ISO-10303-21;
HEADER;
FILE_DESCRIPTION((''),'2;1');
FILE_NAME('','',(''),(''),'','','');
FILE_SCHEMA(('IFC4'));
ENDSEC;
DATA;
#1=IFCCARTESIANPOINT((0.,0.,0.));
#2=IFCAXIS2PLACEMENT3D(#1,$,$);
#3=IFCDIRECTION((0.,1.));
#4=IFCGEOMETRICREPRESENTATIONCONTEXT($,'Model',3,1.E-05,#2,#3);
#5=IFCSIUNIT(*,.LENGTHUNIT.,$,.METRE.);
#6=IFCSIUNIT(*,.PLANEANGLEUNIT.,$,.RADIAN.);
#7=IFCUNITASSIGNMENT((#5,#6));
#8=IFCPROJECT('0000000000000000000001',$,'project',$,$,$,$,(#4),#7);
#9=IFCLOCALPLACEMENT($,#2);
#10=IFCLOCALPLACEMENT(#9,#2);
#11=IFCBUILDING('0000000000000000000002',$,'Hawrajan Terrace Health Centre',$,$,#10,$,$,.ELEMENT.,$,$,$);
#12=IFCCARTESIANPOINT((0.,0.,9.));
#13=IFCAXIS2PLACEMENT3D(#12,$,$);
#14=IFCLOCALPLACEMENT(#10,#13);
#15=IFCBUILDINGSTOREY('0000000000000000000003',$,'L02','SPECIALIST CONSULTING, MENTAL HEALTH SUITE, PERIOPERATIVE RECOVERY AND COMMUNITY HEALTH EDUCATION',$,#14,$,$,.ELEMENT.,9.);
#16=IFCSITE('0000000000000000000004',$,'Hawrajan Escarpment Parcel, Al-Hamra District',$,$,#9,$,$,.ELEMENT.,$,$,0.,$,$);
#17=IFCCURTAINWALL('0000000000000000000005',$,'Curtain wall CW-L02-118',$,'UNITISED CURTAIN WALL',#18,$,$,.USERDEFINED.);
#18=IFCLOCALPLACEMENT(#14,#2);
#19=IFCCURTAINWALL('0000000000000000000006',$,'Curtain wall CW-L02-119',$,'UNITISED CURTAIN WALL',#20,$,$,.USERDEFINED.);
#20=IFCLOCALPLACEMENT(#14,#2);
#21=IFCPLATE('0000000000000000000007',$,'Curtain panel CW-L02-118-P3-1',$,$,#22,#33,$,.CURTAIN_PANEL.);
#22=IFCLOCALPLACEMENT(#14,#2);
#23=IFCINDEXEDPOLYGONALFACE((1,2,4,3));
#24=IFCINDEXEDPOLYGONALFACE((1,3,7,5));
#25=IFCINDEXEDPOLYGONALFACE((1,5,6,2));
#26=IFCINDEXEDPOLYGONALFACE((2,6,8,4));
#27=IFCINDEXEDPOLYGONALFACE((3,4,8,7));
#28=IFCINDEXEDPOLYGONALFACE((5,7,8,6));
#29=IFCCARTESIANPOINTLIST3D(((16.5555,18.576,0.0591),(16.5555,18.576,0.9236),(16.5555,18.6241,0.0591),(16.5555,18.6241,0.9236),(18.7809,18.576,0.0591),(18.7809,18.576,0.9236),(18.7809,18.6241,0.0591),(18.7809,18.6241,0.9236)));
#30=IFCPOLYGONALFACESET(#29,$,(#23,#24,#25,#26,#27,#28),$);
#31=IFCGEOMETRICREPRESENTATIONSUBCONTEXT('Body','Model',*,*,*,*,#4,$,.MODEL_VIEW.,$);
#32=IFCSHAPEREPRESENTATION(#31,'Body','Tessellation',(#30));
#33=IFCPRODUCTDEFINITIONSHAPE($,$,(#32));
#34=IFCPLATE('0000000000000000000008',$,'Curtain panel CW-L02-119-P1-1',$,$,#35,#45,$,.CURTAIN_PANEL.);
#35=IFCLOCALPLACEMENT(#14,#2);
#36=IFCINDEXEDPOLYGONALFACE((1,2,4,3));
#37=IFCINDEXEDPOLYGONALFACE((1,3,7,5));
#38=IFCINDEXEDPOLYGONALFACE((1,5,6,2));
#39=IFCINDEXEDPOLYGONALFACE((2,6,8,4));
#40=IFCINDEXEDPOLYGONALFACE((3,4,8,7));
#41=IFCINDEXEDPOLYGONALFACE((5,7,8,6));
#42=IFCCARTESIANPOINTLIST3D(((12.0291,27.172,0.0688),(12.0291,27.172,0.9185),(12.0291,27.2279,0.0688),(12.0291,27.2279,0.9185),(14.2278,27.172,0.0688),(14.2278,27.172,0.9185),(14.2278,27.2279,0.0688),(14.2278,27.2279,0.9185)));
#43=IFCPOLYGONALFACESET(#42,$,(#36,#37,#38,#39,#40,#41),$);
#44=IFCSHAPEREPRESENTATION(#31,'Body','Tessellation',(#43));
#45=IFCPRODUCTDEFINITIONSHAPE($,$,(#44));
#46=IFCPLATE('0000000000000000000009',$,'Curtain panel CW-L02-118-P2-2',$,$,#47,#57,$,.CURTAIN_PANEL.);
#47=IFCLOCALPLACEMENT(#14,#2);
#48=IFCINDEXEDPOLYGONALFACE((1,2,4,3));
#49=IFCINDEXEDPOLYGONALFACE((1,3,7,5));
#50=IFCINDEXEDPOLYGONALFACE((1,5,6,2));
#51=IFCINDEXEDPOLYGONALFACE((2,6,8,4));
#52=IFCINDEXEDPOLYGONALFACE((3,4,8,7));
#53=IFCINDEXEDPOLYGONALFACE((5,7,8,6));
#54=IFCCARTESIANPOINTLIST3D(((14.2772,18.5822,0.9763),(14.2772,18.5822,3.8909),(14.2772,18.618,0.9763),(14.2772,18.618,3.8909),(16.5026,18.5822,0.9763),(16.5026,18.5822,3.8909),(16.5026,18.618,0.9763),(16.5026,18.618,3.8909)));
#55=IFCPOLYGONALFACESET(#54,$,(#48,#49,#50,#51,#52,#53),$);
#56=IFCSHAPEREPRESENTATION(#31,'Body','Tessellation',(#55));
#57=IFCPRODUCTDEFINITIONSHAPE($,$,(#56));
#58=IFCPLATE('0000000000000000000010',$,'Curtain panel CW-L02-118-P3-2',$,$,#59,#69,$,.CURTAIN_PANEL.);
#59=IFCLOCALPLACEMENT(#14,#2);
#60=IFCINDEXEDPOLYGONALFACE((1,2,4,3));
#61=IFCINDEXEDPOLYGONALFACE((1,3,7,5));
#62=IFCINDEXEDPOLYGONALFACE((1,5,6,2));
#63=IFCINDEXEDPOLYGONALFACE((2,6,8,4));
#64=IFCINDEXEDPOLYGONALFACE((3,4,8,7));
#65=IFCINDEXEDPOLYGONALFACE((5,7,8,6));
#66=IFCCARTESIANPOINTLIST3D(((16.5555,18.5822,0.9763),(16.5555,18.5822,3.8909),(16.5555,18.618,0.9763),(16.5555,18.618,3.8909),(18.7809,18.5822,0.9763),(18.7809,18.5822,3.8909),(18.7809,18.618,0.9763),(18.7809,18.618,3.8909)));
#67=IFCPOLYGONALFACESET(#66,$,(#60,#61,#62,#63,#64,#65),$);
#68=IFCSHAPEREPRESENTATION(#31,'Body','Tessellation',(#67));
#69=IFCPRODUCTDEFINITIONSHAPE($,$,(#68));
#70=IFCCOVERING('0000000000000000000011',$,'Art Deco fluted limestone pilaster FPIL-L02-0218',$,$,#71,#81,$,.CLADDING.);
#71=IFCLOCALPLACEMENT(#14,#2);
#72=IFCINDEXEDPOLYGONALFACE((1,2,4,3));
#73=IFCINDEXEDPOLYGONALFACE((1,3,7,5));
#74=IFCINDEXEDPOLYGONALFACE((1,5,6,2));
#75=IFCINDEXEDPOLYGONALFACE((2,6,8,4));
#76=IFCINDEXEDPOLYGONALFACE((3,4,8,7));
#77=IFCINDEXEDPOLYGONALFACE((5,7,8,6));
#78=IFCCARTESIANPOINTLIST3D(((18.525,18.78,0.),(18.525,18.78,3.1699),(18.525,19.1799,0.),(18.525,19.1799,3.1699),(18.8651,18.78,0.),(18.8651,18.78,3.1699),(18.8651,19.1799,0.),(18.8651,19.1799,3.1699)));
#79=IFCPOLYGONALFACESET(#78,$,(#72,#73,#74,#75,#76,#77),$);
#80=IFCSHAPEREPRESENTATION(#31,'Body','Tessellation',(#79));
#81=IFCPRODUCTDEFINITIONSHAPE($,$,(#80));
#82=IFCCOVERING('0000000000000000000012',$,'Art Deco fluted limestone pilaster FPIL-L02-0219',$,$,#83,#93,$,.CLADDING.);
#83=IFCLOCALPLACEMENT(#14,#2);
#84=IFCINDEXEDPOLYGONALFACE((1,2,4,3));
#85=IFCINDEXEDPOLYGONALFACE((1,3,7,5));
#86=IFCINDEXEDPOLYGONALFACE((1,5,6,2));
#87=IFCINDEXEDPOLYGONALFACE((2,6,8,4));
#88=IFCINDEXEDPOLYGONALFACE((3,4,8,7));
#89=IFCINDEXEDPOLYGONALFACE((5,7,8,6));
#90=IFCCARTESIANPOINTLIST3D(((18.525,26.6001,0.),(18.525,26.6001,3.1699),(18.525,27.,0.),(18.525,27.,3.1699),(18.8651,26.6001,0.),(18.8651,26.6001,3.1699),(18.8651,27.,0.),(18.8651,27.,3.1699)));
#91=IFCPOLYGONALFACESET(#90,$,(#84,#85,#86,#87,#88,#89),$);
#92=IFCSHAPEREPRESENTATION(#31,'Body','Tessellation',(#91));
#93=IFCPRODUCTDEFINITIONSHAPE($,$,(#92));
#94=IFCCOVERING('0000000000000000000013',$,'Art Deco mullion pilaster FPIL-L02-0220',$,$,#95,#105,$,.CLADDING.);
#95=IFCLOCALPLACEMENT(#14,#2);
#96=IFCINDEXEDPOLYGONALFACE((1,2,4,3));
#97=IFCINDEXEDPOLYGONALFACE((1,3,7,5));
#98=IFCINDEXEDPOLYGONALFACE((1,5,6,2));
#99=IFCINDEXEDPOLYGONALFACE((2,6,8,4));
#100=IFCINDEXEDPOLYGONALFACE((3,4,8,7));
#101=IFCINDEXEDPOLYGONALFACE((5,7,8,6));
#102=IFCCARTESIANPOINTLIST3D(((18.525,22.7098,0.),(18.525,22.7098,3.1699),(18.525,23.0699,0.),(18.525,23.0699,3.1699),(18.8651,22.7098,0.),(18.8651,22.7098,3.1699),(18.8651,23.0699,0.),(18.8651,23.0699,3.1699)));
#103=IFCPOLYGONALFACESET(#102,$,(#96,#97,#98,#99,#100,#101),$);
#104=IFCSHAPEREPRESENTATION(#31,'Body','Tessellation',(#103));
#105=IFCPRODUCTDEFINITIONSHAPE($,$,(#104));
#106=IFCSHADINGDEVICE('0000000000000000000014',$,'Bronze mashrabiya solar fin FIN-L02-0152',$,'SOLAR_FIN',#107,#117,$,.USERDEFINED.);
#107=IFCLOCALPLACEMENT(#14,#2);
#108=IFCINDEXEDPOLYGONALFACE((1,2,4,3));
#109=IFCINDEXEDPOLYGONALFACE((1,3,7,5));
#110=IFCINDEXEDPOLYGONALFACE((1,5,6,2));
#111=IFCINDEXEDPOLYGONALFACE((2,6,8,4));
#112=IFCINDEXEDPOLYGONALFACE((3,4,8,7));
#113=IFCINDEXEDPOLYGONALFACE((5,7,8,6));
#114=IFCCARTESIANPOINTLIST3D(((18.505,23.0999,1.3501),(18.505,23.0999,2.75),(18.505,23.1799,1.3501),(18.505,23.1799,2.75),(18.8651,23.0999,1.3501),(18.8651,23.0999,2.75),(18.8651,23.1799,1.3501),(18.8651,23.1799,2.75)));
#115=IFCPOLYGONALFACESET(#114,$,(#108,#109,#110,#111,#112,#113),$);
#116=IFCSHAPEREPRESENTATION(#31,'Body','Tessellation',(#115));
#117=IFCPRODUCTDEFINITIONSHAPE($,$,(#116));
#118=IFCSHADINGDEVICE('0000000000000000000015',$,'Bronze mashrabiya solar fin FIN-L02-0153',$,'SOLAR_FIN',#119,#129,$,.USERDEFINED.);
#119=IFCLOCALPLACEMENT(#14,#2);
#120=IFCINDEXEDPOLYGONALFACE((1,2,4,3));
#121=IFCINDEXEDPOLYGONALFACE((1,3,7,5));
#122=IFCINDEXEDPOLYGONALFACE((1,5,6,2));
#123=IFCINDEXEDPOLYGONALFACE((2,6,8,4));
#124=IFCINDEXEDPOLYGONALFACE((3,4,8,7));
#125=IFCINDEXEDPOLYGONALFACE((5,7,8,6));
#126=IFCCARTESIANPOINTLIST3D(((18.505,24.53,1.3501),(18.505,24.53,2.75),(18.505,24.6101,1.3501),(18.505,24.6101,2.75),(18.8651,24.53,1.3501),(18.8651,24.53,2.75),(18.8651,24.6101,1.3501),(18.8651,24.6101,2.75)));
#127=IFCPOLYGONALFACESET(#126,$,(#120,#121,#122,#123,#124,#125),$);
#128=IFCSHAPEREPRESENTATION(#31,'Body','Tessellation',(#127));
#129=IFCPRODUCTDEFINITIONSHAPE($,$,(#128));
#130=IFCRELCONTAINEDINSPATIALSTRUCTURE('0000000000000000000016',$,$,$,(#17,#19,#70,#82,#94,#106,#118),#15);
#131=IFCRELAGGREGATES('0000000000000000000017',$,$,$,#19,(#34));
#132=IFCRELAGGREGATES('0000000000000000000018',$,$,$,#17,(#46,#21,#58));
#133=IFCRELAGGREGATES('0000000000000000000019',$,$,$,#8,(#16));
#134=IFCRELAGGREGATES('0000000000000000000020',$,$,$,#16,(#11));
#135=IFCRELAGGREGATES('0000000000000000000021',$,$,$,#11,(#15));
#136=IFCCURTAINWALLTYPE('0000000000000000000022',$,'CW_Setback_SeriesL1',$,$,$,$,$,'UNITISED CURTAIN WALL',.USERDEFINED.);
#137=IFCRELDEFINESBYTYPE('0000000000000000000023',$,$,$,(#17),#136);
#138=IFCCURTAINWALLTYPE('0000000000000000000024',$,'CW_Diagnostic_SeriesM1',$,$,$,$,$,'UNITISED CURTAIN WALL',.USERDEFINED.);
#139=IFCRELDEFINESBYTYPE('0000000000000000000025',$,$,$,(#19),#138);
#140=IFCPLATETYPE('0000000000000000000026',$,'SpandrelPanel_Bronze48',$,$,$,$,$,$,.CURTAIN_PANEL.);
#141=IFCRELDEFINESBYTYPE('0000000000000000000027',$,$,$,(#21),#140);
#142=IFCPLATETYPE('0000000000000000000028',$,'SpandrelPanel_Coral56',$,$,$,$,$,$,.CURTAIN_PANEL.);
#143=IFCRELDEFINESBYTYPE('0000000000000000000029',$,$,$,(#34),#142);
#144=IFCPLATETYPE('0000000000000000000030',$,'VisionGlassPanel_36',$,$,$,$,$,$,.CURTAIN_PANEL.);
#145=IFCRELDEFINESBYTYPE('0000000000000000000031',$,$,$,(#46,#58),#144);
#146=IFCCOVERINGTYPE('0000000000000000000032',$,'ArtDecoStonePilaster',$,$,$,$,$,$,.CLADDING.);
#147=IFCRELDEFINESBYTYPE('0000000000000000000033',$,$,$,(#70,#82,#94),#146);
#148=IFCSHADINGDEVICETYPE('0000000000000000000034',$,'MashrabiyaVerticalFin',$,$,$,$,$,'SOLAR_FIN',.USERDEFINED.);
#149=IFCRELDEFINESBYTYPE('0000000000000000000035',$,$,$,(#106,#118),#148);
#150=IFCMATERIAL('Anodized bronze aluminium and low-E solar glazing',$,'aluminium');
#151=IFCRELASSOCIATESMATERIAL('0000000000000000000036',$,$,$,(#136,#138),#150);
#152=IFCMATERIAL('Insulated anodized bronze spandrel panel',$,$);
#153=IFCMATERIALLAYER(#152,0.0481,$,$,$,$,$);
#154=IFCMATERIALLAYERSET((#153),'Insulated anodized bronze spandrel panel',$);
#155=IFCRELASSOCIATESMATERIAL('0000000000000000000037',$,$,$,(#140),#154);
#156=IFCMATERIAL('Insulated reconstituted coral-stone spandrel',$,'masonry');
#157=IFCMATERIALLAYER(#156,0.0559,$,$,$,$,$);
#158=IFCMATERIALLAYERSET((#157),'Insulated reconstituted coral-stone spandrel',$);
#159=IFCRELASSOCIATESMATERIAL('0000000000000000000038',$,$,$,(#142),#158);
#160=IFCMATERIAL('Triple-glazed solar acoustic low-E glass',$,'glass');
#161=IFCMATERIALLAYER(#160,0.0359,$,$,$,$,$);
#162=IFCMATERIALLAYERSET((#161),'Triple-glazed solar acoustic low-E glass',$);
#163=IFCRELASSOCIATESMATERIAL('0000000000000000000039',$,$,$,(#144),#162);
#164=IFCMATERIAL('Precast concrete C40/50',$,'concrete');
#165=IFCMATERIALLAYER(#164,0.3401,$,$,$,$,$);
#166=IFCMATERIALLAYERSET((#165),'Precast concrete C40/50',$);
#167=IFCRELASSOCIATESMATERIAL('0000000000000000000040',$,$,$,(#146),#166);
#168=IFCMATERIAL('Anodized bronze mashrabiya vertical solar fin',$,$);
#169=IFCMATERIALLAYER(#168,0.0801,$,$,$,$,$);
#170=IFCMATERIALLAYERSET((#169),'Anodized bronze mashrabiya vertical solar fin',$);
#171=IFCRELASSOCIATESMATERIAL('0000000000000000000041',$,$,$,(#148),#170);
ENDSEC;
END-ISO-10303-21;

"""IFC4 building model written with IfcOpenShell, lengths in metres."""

from ifc_helpers import new_model, si_unit, direction, frame, origin, origin_2d, place, context, subcontext, project, spatial, rectangle, extrude, material, layer, layer_set, type_object, element, aggregate, save


model = new_model("IFC4")

# Units and contexts
model_context = context("Model", 3, precision=1e-05, world=origin(), true_north=direction((0.0, 1.0)))
body_context = subcontext(model_context, "Body", "Model", "MODEL_VIEW")
ifc_project = project(units=[si_unit("LENGTHUNIT", "METRE"), si_unit("PLANEANGLEUNIT", "RADIAN")], contexts=[model_context])

# Site, building, storey
site_placement = place(None, origin())
site = spatial("IfcSite", under=ifc_project, at=site_placement, Name="Hawrajan Escarpment Parcel, Al-Hamra District", CompositionType="ELEMENT", RefElevation=0.0)
building_placement = place(site_placement, origin())
building = spatial("IfcBuilding", under=site, at=building_placement, Name="Hawrajan Terrace Health Centre", CompositionType="ELEMENT")
storey_placement = place(building_placement, frame((0.0, 0.0, 9.0)))
storey = spatial("IfcBuildingStorey", under=building, at=storey_placement, Name="L02", Description="SPECIALIST CONSULTING, MENTAL HEALTH SUITE, PERIOPERATIVE RECOVERY AND COMMUNITY HEALTH EDUCATION", CompositionType="ELEMENT", Elevation=9.0)

# Curtain wall
ifc_material_1 = material(Name="Anodized bronze aluminium and low-E solar glazing", Category="aluminium")
curtain_wall_type_1 = type_object("IfcCurtainWallType", Name="CW_Setback_SeriesL1", ElementType="UNITISED CURTAIN WALL", PredefinedType="USERDEFINED", material=ifc_material_1)
curtain_wall_1_placement = place(storey_placement, origin())
curtain_wall_1 = element("IfcCurtainWall", 1, at=curtain_wall_1_placement, inside=storey, type_object=curtain_wall_type_1, Name="Curtain wall CW-L02-118", ObjectType="UNITISED CURTAIN WALL", PredefinedType="USERDEFINED")

# Curtain wall
curtain_wall_type_2 = type_object("IfcCurtainWallType", Name="CW_Diagnostic_SeriesM1", ElementType="UNITISED CURTAIN WALL", PredefinedType="USERDEFINED", material=ifc_material_1)
curtain_wall_2_placement = place(storey_placement, origin())
curtain_wall_2 = element("IfcCurtainWall", 2, at=curtain_wall_2_placement, inside=storey, type_object=curtain_wall_type_2, Name="Curtain wall CW-L02-119", ObjectType="UNITISED CURTAIN WALL", PredefinedType="USERDEFINED")

# Plates
ifc_material_2 = material(Name="Insulated anodized bronze spandrel panel")
ifc_layer_1 = layer(ifc_material_2, 0.0481)
ifc_layer_set_1 = layer_set([ifc_layer_1], Name="Insulated anodized bronze spandrel panel")
plate_type_1 = type_object("IfcPlateType", Name="SpandrelPanel_Bronze48", PredefinedType="CURTAIN_PANEL", material=ifc_layer_set_1)
plate_1_placement = place(storey_placement, frame((17.6682, 18.6001, 0.0591), z_axis=(0.0, 0.0, 1.0), x_axis=(1.0, 0.0, 0.0)))
plate_1 = element("IfcPlate", 3, at=plate_1_placement, type_object=plate_type_1, Name="Curtain panel CW-L02-118-P3-1", PredefinedType="CURTAIN_PANEL", context=body_context, shape_type="SweptSolid", body=[
    extrude(rectangle(XDim=2.2253, YDim=0.0481, at=origin_2d()), origin(), (0.0, 0.0, 1.0), 0.8645),
])
ifc_material_3 = material(Name="Insulated reconstituted coral-stone spandrel", Category="masonry")
ifc_layer_2 = layer(ifc_material_3, 0.0559)
ifc_layer_set_2 = layer_set([ifc_layer_2], Name="Insulated reconstituted coral-stone spandrel")
plate_type_2 = type_object("IfcPlateType", Name="SpandrelPanel_Coral56", PredefinedType="CURTAIN_PANEL", material=ifc_layer_set_2)
plate_2_placement = place(storey_placement, frame((13.1284, 27.2, 0.0688), z_axis=(0.0, 0.0, 1.0), x_axis=(1.0, 0.0, 0.0)))
plate_2 = element("IfcPlate", 4, at=plate_2_placement, type_object=plate_type_2, Name="Curtain panel CW-L02-119-P1-1", PredefinedType="CURTAIN_PANEL", context=body_context, shape_type="SweptSolid", body=[
    extrude(rectangle(XDim=2.1987, YDim=0.0559, at=origin_2d()), origin(), (0.0, 0.0, 1.0), 0.8496),
])
aggregate(curtain_wall_2, [plate_2])
ifc_material_4 = material(Name="Triple-glazed solar acoustic low-E glass", Category="glass")
ifc_layer_3 = layer(ifc_material_4, 0.0359)
ifc_layer_set_3 = layer_set([ifc_layer_3], Name="Triple-glazed solar acoustic low-E glass")
plate_type_3 = type_object("IfcPlateType", Name="VisionGlassPanel_36", PredefinedType="CURTAIN_PANEL", material=ifc_layer_set_3)
plate_3_placement = place(storey_placement, frame((15.3899, 18.6001, 0.9763), z_axis=(0.0, 0.0, 1.0), x_axis=(1.0, 0.0, 0.0)))
plate_3 = element("IfcPlate", 5, at=plate_3_placement, type_object=plate_type_3, Name="Curtain panel CW-L02-118-P2-2", PredefinedType="CURTAIN_PANEL", context=body_context, shape_type="SweptSolid", body=[
    extrude(rectangle(XDim=2.2253, YDim=0.0359, at=origin_2d()), origin(), (0.0, 0.0, 1.0), 2.9146),
])
plate_4_placement = place(storey_placement, frame((17.6682, 18.6001, 0.9763), z_axis=(0.0, 0.0, 1.0), x_axis=(1.0, 0.0, 0.0)))
plate_4 = element("IfcPlate", 6, at=plate_4_placement, type_object=plate_type_3, Name="Curtain panel CW-L02-118-P3-2", PredefinedType="CURTAIN_PANEL", context=body_context, shape_type="SweptSolid", body=[
    extrude(rectangle(XDim=2.2253, YDim=0.0359, at=origin_2d()), origin(), (0.0, 0.0, 1.0), 2.9146),
])
aggregate(curtain_wall_1, [plate_3, plate_1, plate_4])

# Coverings
ifc_material_5 = material(Name="Precast concrete C40/50", Category="concrete")
ifc_layer_4 = layer(ifc_material_5, 0.3401)
ifc_layer_set_4 = layer_set([ifc_layer_4], Name="Precast concrete C40/50")
covering_type = type_object("IfcCoveringType", Name="ArtDecoStonePilaster", PredefinedType="CLADDING", material=ifc_layer_set_4)
for number, where, z_axis, x_axis, name in (
    (7, (18.6951, 18.98, 0.0), (0.0, 0.0, 1.0), (0.0, 1.0, 0.0), "Art Deco fluted limestone pilaster FPIL-L02-0218"),
    (8, (18.6951, 26.8, 0.0), (0.0, 0.0, 1.0), (0.0, 1.0, 0.0), "Art Deco fluted limestone pilaster FPIL-L02-0219"),
):
    element("IfcCovering", number, at=place(storey_placement, frame(where, z_axis=z_axis, x_axis=x_axis)), inside=storey, type_object=covering_type, Name=name, PredefinedType="CLADDING", context=body_context, shape_type="SweptSolid", body=[
        extrude(rectangle(XDim=0.3999, YDim=0.3401, at=origin_2d()), origin(), (0.0, 0.0, 1.0), 3.1699),
    ])
covering_placement = place(storey_placement, frame((18.6951, 22.8899, 0.0), z_axis=(0.0, 0.0, 1.0), x_axis=(0.0, 1.0, 0.0)))
element("IfcCovering", 9, at=covering_placement, inside=storey, type_object=covering_type, Name="Art Deco mullion pilaster FPIL-L02-0220", PredefinedType="CLADDING", context=body_context, shape_type="SweptSolid", body=[
    extrude(rectangle(XDim=0.3601, YDim=0.3401, at=origin_2d()), origin(), (0.0, 0.0, 1.0), 3.1699),
])

# Shading devices
ifc_material_6 = material(Name="Anodized bronze mashrabiya vertical solar fin")
ifc_layer_5 = layer(ifc_material_6, 0.0801)
ifc_layer_set_5 = layer_set([ifc_layer_5], Name="Anodized bronze mashrabiya vertical solar fin")
shading_device_type = type_object("IfcShadingDeviceType", Name="MashrabiyaVerticalFin", ElementType="SOLAR_FIN", PredefinedType="USERDEFINED", material=ifc_layer_set_5)
for number, where, z_axis, x_axis, name in (
    (10, (18.6851, 23.1399, 1.3501), (0.0, 0.0, 1.0), (0.0, 1.0, 0.0), "Bronze mashrabiya solar fin FIN-L02-0152"),
    (11, (18.6851, 24.5701, 1.3501), (0.0, 0.0, 1.0), (0.0, 1.0, 0.0), "Bronze mashrabiya solar fin FIN-L02-0153"),
):
    element("IfcShadingDevice", number, at=place(storey_placement, frame(where, z_axis=z_axis, x_axis=x_axis)), inside=storey, type_object=shading_device_type, Name=name, ObjectType="SOLAR_FIN", PredefinedType="USERDEFINED", context=body_context, shape_type="SweptSolid", body=[
        extrude(rectangle(XDim=0.0801, YDim=0.3601, at=origin_2d()), origin(), (0.0, 0.0, 1.0), 1.3999),
    ])

save(model, "model.ifc")
